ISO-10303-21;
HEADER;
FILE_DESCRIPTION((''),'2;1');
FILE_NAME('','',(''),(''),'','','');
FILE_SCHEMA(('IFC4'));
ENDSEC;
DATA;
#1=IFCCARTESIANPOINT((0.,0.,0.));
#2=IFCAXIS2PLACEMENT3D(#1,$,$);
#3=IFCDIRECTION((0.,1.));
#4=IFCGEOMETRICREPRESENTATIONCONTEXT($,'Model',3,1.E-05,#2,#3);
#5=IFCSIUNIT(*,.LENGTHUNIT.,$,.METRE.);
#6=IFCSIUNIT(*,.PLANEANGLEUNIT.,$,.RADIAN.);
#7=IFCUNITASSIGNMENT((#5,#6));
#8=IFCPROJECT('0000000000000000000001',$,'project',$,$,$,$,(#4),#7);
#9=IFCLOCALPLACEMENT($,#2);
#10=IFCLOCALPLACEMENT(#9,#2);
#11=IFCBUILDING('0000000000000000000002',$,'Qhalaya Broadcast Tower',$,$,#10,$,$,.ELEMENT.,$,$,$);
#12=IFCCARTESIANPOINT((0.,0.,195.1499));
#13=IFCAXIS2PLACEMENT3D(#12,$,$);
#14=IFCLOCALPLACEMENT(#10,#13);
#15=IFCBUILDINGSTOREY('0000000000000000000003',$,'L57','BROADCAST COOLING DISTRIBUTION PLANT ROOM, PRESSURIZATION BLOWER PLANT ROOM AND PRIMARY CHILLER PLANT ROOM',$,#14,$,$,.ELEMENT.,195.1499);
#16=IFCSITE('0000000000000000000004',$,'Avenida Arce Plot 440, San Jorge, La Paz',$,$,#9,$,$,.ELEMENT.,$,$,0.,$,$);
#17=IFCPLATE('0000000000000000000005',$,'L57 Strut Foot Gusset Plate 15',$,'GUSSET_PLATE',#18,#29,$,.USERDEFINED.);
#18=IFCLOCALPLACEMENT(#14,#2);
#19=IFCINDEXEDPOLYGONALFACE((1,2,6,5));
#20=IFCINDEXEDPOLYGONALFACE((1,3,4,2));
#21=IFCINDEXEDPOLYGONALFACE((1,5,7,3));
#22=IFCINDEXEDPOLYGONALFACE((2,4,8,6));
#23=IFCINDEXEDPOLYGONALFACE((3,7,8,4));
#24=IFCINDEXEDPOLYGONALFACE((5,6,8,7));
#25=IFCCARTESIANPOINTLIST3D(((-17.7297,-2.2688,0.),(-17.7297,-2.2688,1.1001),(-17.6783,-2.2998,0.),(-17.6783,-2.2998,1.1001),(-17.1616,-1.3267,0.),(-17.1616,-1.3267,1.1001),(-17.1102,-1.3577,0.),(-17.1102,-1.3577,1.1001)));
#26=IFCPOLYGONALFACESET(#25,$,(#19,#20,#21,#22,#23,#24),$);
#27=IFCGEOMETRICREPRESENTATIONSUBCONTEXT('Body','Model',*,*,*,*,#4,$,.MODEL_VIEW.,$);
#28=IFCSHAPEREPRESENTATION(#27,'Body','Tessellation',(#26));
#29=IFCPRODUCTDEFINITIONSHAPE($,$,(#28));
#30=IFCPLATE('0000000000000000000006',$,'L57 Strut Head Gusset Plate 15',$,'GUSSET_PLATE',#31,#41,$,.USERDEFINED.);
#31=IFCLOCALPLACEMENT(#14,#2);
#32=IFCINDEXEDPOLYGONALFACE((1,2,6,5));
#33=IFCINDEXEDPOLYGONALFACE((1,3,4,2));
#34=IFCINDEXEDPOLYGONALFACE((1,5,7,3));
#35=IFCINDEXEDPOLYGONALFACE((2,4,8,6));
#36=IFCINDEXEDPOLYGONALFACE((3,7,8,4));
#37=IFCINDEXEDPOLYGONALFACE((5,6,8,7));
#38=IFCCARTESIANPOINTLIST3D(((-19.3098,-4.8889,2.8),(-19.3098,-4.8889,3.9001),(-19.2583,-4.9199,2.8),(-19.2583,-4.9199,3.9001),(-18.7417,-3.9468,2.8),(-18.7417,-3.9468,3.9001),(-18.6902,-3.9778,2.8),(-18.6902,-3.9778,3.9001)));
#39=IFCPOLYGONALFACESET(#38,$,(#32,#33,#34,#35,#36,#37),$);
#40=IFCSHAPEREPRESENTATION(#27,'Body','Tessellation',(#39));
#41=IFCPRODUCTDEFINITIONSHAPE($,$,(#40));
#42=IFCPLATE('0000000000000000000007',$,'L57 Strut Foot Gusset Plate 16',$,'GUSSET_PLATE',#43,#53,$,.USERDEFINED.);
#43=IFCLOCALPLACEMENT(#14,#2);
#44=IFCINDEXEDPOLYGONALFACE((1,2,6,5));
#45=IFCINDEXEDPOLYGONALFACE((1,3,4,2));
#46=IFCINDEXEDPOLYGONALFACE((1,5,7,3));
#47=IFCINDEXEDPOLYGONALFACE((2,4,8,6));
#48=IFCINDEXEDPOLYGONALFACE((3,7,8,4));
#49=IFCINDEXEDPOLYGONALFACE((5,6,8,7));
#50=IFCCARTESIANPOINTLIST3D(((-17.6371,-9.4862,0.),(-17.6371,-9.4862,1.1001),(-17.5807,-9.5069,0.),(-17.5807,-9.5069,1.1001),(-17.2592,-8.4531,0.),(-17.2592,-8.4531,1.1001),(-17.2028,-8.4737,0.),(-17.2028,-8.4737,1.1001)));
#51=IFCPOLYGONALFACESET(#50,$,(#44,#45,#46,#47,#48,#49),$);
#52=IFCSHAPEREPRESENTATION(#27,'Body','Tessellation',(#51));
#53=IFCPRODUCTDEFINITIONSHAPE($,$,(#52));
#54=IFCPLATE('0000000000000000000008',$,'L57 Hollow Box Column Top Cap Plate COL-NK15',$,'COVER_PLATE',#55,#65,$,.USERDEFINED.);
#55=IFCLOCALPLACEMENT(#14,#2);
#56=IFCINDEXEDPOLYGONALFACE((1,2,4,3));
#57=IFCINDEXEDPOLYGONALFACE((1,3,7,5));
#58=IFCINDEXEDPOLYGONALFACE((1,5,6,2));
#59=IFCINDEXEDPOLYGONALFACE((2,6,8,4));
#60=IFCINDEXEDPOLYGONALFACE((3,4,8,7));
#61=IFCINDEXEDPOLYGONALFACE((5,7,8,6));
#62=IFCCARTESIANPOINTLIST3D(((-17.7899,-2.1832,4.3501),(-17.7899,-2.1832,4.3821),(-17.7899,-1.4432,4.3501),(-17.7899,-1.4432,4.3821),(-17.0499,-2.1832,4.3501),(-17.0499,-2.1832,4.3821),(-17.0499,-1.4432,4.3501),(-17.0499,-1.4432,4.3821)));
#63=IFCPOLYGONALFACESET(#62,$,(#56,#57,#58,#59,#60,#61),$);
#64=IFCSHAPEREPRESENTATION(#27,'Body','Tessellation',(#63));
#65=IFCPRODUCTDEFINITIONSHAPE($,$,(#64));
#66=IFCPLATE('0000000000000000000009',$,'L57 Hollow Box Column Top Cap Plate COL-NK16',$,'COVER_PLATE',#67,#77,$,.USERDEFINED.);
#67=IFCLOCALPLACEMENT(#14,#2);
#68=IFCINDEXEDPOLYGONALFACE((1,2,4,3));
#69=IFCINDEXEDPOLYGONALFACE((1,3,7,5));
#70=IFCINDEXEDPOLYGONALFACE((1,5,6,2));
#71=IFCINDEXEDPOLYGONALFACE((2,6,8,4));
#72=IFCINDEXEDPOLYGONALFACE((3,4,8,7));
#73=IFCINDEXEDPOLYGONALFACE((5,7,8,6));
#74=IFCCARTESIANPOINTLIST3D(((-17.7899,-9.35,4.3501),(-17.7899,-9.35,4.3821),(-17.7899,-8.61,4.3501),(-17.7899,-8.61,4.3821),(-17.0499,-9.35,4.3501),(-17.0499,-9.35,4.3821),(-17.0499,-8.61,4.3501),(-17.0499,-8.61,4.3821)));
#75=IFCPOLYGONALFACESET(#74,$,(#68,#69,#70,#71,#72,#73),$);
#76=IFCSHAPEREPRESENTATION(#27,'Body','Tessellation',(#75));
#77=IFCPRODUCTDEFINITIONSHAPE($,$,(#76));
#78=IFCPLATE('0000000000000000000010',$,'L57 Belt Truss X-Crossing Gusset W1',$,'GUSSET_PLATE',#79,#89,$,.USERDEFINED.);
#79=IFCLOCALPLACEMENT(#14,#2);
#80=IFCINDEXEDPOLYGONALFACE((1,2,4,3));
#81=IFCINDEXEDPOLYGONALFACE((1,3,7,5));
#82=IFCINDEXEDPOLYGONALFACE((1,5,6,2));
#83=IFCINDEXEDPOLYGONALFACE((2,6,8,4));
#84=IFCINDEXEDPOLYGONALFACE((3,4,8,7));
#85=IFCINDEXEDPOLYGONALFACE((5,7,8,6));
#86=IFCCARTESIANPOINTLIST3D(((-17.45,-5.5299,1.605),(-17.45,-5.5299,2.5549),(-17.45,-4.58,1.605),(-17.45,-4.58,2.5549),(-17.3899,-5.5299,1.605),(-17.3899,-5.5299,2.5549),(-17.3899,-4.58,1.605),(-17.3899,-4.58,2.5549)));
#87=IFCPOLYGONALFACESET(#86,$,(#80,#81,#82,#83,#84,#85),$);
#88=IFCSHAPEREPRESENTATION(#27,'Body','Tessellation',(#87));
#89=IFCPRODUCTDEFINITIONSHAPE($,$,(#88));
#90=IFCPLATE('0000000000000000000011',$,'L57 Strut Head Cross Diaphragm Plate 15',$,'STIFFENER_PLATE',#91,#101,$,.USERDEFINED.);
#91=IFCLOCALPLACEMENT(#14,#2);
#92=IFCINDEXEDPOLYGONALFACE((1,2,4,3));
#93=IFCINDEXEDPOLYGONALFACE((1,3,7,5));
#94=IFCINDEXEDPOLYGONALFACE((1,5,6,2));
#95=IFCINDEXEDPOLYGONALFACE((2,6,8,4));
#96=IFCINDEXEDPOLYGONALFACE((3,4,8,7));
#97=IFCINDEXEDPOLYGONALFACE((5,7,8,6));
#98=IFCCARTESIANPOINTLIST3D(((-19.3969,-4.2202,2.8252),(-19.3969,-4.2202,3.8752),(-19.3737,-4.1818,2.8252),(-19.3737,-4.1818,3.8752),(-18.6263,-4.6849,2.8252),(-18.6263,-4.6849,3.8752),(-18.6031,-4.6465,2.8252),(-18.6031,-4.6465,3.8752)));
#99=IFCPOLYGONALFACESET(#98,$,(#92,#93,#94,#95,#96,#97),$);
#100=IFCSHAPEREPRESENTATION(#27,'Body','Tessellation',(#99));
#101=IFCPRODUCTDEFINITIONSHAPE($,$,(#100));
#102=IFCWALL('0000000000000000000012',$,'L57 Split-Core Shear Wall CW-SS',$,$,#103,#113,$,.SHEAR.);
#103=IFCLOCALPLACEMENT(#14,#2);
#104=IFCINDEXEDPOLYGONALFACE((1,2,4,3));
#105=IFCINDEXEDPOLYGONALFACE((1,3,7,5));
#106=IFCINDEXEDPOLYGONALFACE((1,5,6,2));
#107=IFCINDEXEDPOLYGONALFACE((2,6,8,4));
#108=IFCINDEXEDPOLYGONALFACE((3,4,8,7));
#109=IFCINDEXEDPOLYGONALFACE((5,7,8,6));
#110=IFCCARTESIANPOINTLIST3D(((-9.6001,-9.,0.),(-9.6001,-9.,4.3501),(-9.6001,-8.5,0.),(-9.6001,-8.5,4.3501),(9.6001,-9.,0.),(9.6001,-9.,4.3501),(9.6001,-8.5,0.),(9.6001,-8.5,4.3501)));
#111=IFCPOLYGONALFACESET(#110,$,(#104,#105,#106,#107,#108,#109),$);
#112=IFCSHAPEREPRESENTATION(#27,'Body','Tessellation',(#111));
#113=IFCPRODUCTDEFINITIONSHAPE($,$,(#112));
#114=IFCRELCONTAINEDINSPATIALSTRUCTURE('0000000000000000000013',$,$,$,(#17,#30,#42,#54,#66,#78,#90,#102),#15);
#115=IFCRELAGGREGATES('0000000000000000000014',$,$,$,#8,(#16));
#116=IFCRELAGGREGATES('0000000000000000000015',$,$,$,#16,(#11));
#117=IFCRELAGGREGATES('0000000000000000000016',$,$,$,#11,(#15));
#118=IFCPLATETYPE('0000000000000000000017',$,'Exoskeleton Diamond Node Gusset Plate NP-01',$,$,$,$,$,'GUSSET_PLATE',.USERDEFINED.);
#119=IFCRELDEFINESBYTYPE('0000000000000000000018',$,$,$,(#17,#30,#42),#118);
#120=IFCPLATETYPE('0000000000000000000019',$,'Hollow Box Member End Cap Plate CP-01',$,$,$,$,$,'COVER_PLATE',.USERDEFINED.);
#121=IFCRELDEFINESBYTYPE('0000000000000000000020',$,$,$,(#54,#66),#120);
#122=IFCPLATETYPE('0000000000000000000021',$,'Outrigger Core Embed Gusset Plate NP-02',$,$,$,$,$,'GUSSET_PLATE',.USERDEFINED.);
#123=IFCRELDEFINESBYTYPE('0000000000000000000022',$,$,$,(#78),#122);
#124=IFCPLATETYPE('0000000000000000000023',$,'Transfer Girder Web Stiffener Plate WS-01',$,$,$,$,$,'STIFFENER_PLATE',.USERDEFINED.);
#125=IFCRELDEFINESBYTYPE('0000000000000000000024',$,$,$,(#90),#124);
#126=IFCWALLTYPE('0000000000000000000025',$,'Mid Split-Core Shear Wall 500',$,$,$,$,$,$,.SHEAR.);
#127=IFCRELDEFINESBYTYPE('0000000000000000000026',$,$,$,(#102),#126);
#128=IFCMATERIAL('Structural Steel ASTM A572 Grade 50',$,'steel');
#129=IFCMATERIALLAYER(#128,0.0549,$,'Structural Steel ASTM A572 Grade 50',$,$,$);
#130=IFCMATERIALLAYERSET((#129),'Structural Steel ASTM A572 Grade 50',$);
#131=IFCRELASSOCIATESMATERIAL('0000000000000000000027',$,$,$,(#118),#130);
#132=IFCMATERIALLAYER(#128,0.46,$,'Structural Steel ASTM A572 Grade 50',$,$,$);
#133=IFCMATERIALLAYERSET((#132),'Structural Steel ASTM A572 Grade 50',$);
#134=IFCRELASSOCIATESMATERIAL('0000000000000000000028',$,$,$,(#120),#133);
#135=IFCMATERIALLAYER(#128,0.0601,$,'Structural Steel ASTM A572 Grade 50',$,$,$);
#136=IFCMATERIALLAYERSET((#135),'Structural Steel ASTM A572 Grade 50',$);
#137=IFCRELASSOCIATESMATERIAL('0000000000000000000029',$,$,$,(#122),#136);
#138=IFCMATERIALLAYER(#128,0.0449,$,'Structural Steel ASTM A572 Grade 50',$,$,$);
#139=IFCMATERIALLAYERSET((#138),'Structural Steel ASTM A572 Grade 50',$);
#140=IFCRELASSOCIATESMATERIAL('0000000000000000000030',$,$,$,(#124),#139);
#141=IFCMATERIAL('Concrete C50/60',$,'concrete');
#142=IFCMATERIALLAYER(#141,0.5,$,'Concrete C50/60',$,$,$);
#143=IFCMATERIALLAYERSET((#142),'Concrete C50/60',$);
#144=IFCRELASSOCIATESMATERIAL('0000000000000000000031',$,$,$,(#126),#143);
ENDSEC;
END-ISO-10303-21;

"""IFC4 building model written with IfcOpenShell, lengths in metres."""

from ifc_helpers import new_model, si_unit, direction, frame, frame_2d, origin, origin_2d, place, context, subcontext, project, spatial, rectangle, extrude, material, layer, layer_set, type_object, element, save


model = new_model("IFC4")

# Units and contexts
model_context = context("Model", 3, precision=1e-05, world=origin(), true_north=direction((0.0, 1.0)))
body_context = subcontext(model_context, "Body", "Model", "MODEL_VIEW")
ifc_project = project(units=[si_unit("LENGTHUNIT", "METRE"), si_unit("PLANEANGLEUNIT", "RADIAN")], contexts=[model_context])

# Site, building, storey
site_placement = place(None, origin())
site = spatial("IfcSite", under=ifc_project, at=site_placement, Name="Avenida Arce Plot 440, San Jorge, La Paz", CompositionType="ELEMENT", RefElevation=0.0)
building_placement = place(site_placement, origin())
building = spatial("IfcBuilding", under=site, at=building_placement, Name="Qhalaya Broadcast Tower", CompositionType="ELEMENT")
storey_placement = place(building_placement, frame((0.0, 0.0, 195.1499)))
storey = spatial("IfcBuildingStorey", under=building, at=storey_placement, Name="L57", Description="BROADCAST COOLING DISTRIBUTION PLANT ROOM, PRESSURIZATION BLOWER PLANT ROOM AND PRIMARY CHILLER PLANT ROOM", CompositionType="ELEMENT", Elevation=195.1499)

# Shared definitions
ifc_material_1 = material(Name="Structural Steel ASTM A572 Grade 50", Category="steel")

# Plates
ifc_layer_1 = layer(ifc_material_1, 0.0549, Name="Structural Steel ASTM A572 Grade 50")
ifc_layer_set_1 = layer_set([ifc_layer_1], Name="Structural Steel ASTM A572 Grade 50")
plate_type_1 = type_object("IfcPlateType", Name="Exoskeleton Diamond Node Gusset Plate NP-01", ElementType="GUSSET_PLATE", PredefinedType="USERDEFINED", material=ifc_layer_set_1)
for number, where, z_axis, x_axis, name in (
    (1, (-17.4199, -1.8132, 0.0), (0.0, 0.0, 1.0), (-0.516414, -0.856339, 0.0), "L57 Strut Foot Gusset Plate 15"),
    (2, (-19.0, -4.4333, 2.8), (0.0, 0.0, 1.0), (-0.516414, -0.856339, 0.0), "L57 Strut Head Gusset Plate 15"),
    (3, (-17.4199, -8.98, 0.0), (0.0, 0.0, 1.0), (-0.343496, -0.939154, 0.0), "L57 Strut Foot Gusset Plate 16"),
):
    element("IfcPlate", number, at=place(storey_placement, frame(where, z_axis=z_axis, x_axis=x_axis)), inside=storey, type_object=plate_type_1, Name=name, ObjectType="GUSSET_PLATE", PredefinedType="USERDEFINED", context=body_context, shape_type="SweptSolid", body=[
        extrude(rectangle(XDim=1.1001, YDim=0.0601, at=origin_2d()), origin(), (0.0, 0.0, 1.0), 1.1001),
    ])
ifc_layer_2 = layer(ifc_material_1, 0.46, Name="Structural Steel ASTM A572 Grade 50")
ifc_layer_set_2 = layer_set([ifc_layer_2], Name="Structural Steel ASTM A572 Grade 50")
plate_type_2 = type_object("IfcPlateType", Name="Hollow Box Member End Cap Plate CP-01", ElementType="COVER_PLATE", PredefinedType="USERDEFINED", material=ifc_layer_set_2)
for number, where, z_axis, x_axis, name in (
    (4, (-17.4199, -1.8132, 4.3501), (0.0, 0.0, 1.0), (0.0, 1.0, 0.0), "L57 Hollow Box Column Top Cap Plate COL-NK15"),
    (5, (-17.4199, -8.98, 4.3501), (0.0, 0.0, 1.0), (0.0, 1.0, 0.0), "L57 Hollow Box Column Top Cap Plate COL-NK16"),
):
    element("IfcPlate", number, at=place(storey_placement, frame(where, z_axis=z_axis, x_axis=x_axis)), inside=storey, type_object=plate_type_2, Name=name, ObjectType="COVER_PLATE", PredefinedType="USERDEFINED", context=body_context, shape_type="SweptSolid", body=[
        extrude(rectangle(XDim=0.74, YDim=0.74, at=origin_2d()), origin(), (0.0, 0.0, 1.0), 0.032),
    ])
ifc_layer_3 = layer(ifc_material_1, 0.0601, Name="Structural Steel ASTM A572 Grade 50")
ifc_layer_set_3 = layer_set([ifc_layer_3], Name="Structural Steel ASTM A572 Grade 50")
plate_type_3 = type_object("IfcPlateType", Name="Outrigger Core Embed Gusset Plate NP-02", ElementType="GUSSET_PLATE", PredefinedType="USERDEFINED", material=ifc_layer_set_3)
plate_1_placement = place(storey_placement, frame((-17.4199, -5.0549, 1.605), z_axis=(0.0, 0.0, 1.0), x_axis=(0.0, 1.0, 0.0)))
element("IfcPlate", 6, at=plate_1_placement, inside=storey, type_object=plate_type_3, Name="L57 Belt Truss X-Crossing Gusset W1", ObjectType="GUSSET_PLATE", PredefinedType="USERDEFINED", context=body_context, shape_type="SweptSolid", body=[
    extrude(rectangle(XDim=0.95, YDim=0.0601, at=origin_2d()), origin(), (0.0, 0.0, 1.0), 0.95),
])
ifc_layer_4 = layer(ifc_material_1, 0.0449, Name="Structural Steel ASTM A572 Grade 50")
ifc_layer_set_4 = layer_set([ifc_layer_4], Name="Structural Steel ASTM A572 Grade 50")
plate_type_4 = type_object("IfcPlateType", Name="Transfer Girder Web Stiffener Plate WS-01", ElementType="STIFFENER_PLATE", PredefinedType="USERDEFINED", material=ifc_layer_set_4)
plate_2_placement = place(storey_placement, frame((-19.0, -4.4333, 2.8252), z_axis=(0.0, 0.0, 1.0), x_axis=(0.856339, -0.516414, 0.0)))
element("IfcPlate", 7, at=plate_2_placement, inside=storey, type_object=plate_type_4, Name="L57 Strut Head Cross Diaphragm Plate 15", ObjectType="STIFFENER_PLATE", PredefinedType="USERDEFINED", context=body_context, shape_type="SweptSolid", body=[
    extrude(rectangle(XDim=0.8999, YDim=0.0449, at=origin_2d()), origin(), (0.0, 0.0, 1.0), 1.05),
])

# Wall
ifc_material_2 = material(Name="Concrete C50/60", Category="concrete")
ifc_layer_5 = layer(ifc_material_2, 0.5, Name="Concrete C50/60")
ifc_layer_set_5 = layer_set([ifc_layer_5], Name="Concrete C50/60")
wall_type_1 = type_object("IfcWallType", Name="Mid Split-Core Shear Wall 500", PredefinedType="SHEAR", material=ifc_layer_set_5)
wall_1_placement = place(storey_placement, frame((-9.6001, -8.75, 0.0), z_axis=(0.0, 0.0, 1.0), x_axis=(1.0, 0.0, 0.0)))
element("IfcWall", 8, at=wall_1_placement, inside=storey, type_object=wall_type_1, Name="L57 Split-Core Shear Wall CW-SS", PredefinedType="SHEAR", context=body_context, shape_type="SweptSolid", body=[
    extrude(rectangle(XDim=19.2002, YDim=0.5, at=frame_2d((9.6001, 0.0))), origin(), (0.0, 0.0, 1.0), 4.3501),
])

save(model, "model.ifc")
